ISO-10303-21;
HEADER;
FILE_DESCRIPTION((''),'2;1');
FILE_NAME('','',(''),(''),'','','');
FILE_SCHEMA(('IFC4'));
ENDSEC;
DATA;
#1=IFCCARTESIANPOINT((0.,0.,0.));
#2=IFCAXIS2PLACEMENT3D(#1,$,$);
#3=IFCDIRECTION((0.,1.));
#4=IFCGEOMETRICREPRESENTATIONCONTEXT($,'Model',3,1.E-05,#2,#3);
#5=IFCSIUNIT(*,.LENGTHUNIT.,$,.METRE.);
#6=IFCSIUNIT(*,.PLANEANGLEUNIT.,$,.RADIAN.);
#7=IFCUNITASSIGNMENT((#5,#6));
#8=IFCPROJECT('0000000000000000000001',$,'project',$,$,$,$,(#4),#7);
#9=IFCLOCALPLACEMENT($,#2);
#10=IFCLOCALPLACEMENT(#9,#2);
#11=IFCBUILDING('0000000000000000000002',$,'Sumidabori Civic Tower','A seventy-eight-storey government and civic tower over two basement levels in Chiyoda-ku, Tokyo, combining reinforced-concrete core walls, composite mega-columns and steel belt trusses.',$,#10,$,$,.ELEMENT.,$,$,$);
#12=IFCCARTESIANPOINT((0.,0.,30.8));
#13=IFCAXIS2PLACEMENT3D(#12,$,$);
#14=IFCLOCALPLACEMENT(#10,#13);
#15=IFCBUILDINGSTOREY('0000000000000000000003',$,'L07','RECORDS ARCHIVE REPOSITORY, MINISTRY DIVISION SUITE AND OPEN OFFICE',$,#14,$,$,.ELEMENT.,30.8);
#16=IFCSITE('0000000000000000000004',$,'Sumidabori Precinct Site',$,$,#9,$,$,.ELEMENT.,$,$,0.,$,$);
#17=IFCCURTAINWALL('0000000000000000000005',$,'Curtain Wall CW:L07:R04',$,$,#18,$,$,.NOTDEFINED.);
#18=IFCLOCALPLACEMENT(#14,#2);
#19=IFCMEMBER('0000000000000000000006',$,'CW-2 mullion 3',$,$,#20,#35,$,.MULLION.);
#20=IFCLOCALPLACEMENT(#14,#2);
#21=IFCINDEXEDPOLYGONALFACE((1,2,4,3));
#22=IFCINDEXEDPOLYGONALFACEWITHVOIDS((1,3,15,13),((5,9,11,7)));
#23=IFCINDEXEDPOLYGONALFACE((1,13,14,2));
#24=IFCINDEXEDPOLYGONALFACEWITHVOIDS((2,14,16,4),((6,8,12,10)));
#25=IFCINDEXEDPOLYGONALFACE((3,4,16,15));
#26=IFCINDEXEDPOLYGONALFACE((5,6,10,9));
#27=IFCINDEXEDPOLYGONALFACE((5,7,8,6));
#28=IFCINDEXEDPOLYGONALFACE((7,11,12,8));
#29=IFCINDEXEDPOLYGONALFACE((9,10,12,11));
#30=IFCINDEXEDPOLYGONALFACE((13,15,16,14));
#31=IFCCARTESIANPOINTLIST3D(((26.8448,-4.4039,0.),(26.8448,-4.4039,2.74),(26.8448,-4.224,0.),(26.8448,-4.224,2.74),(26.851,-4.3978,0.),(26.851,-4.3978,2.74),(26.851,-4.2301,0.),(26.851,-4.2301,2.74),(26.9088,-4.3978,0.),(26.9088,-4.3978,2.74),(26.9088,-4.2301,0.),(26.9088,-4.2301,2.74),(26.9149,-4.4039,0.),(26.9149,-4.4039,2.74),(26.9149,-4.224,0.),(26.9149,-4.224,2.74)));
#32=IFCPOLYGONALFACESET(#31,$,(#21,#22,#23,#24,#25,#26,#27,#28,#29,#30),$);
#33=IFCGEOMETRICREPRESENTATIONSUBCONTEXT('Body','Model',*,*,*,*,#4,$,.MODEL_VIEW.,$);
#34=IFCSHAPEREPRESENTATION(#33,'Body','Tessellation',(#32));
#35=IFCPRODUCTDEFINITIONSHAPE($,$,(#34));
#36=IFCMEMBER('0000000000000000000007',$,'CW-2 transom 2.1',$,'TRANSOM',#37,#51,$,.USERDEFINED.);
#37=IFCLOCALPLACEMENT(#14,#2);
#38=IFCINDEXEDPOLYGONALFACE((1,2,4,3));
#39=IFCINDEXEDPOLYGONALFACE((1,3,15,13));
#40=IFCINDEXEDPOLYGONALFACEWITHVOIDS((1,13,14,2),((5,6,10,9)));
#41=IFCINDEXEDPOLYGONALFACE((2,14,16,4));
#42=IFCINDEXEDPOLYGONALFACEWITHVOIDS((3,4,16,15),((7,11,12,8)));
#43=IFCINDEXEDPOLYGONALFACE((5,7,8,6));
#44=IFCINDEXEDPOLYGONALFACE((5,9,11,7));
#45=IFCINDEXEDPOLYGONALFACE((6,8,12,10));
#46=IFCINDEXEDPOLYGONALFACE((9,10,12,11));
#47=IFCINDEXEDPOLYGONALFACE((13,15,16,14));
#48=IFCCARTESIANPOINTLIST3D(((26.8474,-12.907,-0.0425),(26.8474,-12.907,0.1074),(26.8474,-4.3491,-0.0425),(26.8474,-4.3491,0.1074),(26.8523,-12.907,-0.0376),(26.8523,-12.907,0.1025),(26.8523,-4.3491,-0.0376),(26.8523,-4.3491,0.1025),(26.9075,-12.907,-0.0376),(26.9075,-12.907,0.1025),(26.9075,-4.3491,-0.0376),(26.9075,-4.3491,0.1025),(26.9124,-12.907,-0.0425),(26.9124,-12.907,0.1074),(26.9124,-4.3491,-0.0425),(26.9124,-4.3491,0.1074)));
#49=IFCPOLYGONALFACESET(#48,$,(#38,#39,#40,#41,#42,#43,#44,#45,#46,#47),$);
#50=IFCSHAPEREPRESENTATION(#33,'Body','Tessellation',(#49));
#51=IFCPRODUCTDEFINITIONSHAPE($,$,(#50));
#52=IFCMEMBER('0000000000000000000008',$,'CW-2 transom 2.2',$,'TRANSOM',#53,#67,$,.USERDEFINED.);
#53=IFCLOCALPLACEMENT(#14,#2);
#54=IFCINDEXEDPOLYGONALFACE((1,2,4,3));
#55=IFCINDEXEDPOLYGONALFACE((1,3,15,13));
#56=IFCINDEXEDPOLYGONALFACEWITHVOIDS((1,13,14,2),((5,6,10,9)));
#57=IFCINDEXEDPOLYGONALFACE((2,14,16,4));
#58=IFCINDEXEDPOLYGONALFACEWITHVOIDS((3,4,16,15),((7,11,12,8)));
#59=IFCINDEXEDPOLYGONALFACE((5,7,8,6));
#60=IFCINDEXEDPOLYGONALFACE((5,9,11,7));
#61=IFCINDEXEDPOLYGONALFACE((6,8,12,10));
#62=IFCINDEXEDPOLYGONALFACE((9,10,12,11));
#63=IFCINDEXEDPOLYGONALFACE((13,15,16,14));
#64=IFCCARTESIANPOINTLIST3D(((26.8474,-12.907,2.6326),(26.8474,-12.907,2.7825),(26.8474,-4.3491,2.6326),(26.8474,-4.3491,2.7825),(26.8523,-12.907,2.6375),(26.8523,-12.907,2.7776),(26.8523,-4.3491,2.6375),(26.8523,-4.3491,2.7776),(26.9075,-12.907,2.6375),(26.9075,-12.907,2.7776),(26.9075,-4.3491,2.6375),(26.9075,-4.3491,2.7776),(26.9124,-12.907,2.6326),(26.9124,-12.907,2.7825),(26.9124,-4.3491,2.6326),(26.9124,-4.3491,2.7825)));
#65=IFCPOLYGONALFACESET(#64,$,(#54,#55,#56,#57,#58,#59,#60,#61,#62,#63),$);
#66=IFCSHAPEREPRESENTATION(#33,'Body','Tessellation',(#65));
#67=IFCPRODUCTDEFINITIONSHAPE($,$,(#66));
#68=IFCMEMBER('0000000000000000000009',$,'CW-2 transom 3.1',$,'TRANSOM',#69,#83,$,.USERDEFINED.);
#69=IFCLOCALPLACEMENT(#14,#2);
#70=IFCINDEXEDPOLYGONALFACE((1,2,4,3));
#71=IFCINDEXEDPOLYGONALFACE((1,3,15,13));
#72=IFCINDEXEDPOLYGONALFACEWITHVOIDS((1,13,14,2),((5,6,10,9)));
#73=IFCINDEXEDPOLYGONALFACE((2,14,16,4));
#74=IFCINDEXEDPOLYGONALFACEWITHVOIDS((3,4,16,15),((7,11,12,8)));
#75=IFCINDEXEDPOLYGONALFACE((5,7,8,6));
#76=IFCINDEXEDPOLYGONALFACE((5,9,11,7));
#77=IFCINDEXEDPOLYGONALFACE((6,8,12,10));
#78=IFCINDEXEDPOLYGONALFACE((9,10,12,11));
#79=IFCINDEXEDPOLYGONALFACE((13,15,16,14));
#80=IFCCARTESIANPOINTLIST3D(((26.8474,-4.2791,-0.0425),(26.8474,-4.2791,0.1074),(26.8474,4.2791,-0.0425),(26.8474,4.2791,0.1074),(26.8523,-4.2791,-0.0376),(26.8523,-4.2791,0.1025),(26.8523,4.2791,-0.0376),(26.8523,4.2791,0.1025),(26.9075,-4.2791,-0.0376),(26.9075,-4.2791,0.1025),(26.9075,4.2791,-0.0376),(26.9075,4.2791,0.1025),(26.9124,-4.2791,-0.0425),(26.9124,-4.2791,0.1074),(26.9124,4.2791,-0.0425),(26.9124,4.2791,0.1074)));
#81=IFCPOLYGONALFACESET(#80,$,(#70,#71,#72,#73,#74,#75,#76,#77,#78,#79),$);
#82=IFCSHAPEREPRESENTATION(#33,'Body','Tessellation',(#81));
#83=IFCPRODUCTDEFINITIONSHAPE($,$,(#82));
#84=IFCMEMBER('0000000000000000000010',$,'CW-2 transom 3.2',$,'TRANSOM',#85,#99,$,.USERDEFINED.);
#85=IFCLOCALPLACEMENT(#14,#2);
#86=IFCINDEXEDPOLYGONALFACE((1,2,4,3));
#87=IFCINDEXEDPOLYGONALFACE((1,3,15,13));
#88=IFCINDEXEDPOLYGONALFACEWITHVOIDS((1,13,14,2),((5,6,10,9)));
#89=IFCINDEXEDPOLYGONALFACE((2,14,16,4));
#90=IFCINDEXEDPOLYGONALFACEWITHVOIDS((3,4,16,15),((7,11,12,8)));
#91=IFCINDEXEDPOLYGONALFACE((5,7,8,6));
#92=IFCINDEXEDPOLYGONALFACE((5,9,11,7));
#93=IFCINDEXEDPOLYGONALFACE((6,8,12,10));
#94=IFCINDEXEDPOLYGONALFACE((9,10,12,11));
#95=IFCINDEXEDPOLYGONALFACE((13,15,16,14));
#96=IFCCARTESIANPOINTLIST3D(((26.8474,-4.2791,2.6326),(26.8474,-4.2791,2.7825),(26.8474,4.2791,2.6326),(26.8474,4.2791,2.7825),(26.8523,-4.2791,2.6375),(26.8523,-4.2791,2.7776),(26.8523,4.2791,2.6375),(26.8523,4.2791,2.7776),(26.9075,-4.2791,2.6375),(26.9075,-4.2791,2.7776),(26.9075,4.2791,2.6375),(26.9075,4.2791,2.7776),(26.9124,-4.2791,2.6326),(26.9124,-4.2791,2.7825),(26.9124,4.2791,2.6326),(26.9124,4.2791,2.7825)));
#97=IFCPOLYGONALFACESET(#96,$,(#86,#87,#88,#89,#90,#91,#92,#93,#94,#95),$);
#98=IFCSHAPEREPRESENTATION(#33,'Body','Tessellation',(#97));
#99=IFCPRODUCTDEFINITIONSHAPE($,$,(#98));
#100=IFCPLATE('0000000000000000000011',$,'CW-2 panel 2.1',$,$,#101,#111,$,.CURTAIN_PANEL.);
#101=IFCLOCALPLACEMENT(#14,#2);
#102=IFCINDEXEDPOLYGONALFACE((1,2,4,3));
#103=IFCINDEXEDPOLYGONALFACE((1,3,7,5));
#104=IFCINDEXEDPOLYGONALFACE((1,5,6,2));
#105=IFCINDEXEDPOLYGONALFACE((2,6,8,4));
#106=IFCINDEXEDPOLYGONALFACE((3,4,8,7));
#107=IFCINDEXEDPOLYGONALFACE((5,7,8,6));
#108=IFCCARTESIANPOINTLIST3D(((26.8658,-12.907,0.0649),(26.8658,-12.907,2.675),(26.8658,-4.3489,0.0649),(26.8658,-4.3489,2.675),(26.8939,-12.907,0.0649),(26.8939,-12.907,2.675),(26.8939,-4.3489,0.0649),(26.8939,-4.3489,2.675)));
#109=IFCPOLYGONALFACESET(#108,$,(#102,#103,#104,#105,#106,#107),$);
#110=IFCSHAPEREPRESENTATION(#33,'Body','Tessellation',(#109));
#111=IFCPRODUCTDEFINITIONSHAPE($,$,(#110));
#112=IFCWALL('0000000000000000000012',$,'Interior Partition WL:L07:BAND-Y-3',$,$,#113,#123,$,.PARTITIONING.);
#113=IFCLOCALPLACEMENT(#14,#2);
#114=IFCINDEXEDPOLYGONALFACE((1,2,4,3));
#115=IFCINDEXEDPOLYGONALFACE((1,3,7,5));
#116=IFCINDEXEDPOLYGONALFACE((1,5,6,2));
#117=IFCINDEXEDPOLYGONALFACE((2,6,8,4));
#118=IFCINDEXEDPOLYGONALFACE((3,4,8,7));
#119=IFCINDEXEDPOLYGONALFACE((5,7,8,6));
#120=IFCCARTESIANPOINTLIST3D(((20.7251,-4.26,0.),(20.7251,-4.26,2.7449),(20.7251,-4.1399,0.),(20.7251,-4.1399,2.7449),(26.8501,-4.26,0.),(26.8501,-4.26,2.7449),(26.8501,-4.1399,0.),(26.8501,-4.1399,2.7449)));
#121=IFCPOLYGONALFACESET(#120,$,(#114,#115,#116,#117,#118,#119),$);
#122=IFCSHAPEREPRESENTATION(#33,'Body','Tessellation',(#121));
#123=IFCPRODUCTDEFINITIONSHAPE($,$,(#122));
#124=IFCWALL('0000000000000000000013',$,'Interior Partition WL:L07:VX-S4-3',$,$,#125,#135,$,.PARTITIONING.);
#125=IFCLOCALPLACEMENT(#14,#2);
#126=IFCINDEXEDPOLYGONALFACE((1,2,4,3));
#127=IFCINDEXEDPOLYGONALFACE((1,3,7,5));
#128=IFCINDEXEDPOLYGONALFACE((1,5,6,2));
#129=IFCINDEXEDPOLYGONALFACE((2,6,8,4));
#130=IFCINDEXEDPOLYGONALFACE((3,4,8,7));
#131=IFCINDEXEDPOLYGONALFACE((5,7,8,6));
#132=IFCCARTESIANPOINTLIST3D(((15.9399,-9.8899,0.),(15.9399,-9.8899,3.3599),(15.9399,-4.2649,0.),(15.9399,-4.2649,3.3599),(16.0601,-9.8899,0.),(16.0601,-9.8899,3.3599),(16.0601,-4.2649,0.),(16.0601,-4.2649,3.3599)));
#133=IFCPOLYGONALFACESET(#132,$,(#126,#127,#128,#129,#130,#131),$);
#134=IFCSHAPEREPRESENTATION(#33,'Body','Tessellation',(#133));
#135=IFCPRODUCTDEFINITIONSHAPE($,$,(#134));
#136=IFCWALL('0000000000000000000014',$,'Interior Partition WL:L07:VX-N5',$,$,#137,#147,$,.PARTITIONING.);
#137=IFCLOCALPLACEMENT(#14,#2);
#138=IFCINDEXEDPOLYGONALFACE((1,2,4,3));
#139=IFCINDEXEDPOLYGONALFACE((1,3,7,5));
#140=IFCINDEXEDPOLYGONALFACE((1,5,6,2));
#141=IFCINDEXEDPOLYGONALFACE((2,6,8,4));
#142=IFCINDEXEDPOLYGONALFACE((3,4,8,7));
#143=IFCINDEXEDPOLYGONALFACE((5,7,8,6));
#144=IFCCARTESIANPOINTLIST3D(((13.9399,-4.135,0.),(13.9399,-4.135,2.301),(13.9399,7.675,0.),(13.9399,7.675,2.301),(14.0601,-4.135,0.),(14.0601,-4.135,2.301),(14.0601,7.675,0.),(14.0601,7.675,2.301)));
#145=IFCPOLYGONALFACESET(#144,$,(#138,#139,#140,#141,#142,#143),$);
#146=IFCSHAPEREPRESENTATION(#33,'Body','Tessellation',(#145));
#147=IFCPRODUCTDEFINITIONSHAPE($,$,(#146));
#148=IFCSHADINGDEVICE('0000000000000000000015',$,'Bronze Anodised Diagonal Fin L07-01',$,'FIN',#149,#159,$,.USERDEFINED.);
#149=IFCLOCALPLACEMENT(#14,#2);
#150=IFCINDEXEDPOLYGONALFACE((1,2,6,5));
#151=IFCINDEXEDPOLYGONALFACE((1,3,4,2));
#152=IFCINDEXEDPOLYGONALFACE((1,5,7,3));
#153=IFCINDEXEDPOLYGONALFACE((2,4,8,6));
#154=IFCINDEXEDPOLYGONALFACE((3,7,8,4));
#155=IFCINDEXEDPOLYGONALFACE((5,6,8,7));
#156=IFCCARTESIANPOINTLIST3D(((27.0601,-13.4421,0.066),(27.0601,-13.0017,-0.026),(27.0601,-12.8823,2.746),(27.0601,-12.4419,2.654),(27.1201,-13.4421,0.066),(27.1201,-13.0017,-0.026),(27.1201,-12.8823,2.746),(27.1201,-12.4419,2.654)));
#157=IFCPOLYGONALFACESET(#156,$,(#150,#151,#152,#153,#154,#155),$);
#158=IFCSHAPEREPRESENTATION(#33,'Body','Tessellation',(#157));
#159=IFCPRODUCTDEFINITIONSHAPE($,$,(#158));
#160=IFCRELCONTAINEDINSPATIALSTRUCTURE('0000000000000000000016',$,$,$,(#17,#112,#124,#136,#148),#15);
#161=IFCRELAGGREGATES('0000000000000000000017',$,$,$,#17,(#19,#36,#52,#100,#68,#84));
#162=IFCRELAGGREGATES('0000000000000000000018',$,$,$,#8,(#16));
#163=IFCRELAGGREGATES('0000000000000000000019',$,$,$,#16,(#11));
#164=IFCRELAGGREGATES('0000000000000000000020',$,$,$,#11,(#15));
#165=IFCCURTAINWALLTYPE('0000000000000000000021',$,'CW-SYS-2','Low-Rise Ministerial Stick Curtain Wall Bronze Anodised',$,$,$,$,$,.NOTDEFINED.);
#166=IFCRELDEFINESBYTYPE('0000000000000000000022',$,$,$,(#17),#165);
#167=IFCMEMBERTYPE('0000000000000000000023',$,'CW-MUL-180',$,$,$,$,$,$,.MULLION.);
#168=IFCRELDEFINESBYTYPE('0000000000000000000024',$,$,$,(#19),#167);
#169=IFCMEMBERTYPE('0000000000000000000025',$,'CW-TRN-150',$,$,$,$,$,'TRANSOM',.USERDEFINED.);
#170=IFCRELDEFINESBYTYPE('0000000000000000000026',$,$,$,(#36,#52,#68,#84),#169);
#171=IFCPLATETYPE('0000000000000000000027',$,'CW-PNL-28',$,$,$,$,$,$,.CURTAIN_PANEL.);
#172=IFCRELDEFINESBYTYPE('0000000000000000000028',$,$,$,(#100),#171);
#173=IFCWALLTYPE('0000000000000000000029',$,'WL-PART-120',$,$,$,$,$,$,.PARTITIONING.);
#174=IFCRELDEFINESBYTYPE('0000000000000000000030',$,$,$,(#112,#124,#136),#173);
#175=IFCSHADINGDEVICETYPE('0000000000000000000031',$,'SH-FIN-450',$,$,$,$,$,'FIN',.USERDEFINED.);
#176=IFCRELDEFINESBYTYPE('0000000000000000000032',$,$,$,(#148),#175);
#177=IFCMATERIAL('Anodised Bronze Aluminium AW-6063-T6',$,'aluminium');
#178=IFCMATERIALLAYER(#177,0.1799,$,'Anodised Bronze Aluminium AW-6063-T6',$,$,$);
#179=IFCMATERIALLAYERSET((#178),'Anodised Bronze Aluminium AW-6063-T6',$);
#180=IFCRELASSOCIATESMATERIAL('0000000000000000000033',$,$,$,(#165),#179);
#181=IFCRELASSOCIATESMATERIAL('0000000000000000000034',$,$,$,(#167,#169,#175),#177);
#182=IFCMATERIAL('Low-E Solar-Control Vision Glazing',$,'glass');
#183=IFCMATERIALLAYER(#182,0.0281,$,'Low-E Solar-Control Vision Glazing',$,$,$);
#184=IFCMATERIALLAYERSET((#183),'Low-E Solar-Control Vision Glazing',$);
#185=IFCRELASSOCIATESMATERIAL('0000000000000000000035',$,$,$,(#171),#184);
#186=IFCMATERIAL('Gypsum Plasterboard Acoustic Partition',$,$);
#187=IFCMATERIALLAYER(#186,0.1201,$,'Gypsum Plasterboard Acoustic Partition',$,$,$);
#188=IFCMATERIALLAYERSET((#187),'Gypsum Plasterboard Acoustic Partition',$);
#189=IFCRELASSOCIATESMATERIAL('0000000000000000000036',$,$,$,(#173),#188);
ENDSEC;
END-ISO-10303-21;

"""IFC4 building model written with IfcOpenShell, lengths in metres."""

from ifc_helpers import new_model, si_unit, direction, frame, frame_2d, origin, origin_2d, place, context, subcontext, project, spatial, rectangle, hollow_rectangle, extrude, source, transform, mapped, material, layer, layer_set, material_profile, profile_set, type_object, element, aggregate, save


model = new_model("IFC4")

# Units and contexts
model_context = context("Model", 3, precision=1e-05, world=origin(), true_north=direction((0.0, 1.0)))
body_context = subcontext(model_context, "Body", "Model", "MODEL_VIEW")
ifc_project = project(units=[si_unit("LENGTHUNIT", "METRE"), si_unit("PLANEANGLEUNIT", "RADIAN")], contexts=[model_context])

# Site, building, storey
site_placement = place(None, origin())
site = spatial("IfcSite", under=ifc_project, at=site_placement, Name="Sumidabori Precinct Site", CompositionType="ELEMENT", RefElevation=0.0)
building_placement = place(site_placement, origin())
building = spatial("IfcBuilding", under=site, at=building_placement, Name="Sumidabori Civic Tower", Description="A seventy-eight-storey government and civic tower over two basement levels in Chiyoda-ku, Tokyo, combining reinforced-concrete core walls, composite mega-columns and steel belt trusses.", CompositionType="ELEMENT")
storey_placement = place(building_placement, frame((0.0, 0.0, 30.8)))
storey = spatial("IfcBuildingStorey", under=building, at=storey_placement, Name="L07", Description="RECORDS ARCHIVE REPOSITORY, MINISTRY DIVISION SUITE AND OPEN OFFICE", CompositionType="ELEMENT", Elevation=30.8)

# Curtain wall, members, plate
ifc_material_1 = material(Name="Anodised Bronze Aluminium AW-6063-T6", Category="aluminium")
ifc_layer_1 = layer(ifc_material_1, 0.1799, Name="Anodised Bronze Aluminium AW-6063-T6")
ifc_layer_set_1 = layer_set([ifc_layer_1], Name="Anodised Bronze Aluminium AW-6063-T6")
curtain_wall_type = type_object("IfcCurtainWallType", Name="CW-SYS-2", Description="Low-Rise Ministerial Stick Curtain Wall Bronze Anodised", PredefinedType="NOTDEFINED", material=ifc_layer_set_1)
curtain_wall_placement = place(storey_placement, origin())
curtain_wall = element("IfcCurtainWall", 1, at=curtain_wall_placement, inside=storey, type_object=curtain_wall_type, Name="Curtain Wall CW:L07:R04", PredefinedType="NOTDEFINED")
ifc_material_profile_1 = material_profile(ifc_material_1, hollow_rectangle(XDim=0.0701, YDim=0.1799, WallThickness=0.0061, at=origin_2d()), Name="ALU MULLION 180x70")
ifc_profile_set_1 = profile_set([ifc_material_profile_1], Name="Anodised Bronze Aluminium AW-6063-T6")
member_type_1 = type_object("IfcMemberType", Name="CW-MUL-180", PredefinedType="MULLION", material=ifc_profile_set_1)
shared_shape_1 = source(origin(), body_context, "Body", "SweptSolid", [
    extrude(hollow_rectangle(XDim=0.0701, YDim=0.1799, WallThickness=0.0061, at=origin_2d()), origin(), (0.0, 0.0, 1.0), 2.74),
])
member_1_placement = place(storey_placement, frame((26.8799, -4.314, 0.0), z_axis=(0.0, 0.0, 1.0), x_axis=(-1.0, 0.0, 0.0)))
member_1 = element("IfcMember", 2, at=member_1_placement, type_object=member_type_1, Name="CW-2 mullion 3", PredefinedType="MULLION", context=body_context, shape_type="MappedRepresentation", body=[
    mapped(shared_shape_1, transform((0.0, 0.0, 0.0), x_axis=(1.0, 0.0, 0.0), y_axis=(0.0, 1.0, 0.0), z_axis=(0.0, 0.0, 1.0), scale=1.0)),
])
ifc_material_profile_2 = material_profile(ifc_material_1, hollow_rectangle(XDim=0.0649, YDim=0.1499, WallThickness=0.0049, at=origin_2d()), Name="ALU TRANSOM 150x65")
ifc_profile_set_2 = profile_set([ifc_material_profile_2], Name="Anodised Bronze Aluminium AW-6063-T6")
member_type_2 = type_object("IfcMemberType", Name="CW-TRN-150", ElementType="TRANSOM", PredefinedType="USERDEFINED", material=ifc_profile_set_2)
shared_shape_2 = source(origin(), body_context, "Body", "SweptSolid", [
    extrude(hollow_rectangle(XDim=0.0649, YDim=0.1499, WallThickness=0.0049, at=origin_2d()), origin(), (0.0, 0.0, 1.0), 8.5579),
])
member_2_placement = place(storey_placement, frame((26.8799, -12.907, 0.0325), z_axis=(0.0, 1.0, 0.0), x_axis=(-1.0, 0.0, 0.0)))
member_2 = element("IfcMember", 3, at=member_2_placement, type_object=member_type_2, Name="CW-2 transom 2.1", ObjectType="TRANSOM", PredefinedType="USERDEFINED", context=body_context, shape_type="MappedRepresentation", body=[
    mapped(shared_shape_2, transform((0.0, 0.0, 0.0), x_axis=(1.0, 0.0, 0.0), y_axis=(0.0, 1.0, 0.0), z_axis=(0.0, 0.0, 1.0), scale=1.0)),
])
member_3_placement = place(storey_placement, frame((26.8799, -12.907, 2.7075), z_axis=(0.0, 1.0, 0.0), x_axis=(-1.0, 0.0, 0.0)))
member_3 = element("IfcMember", 4, at=member_3_placement, type_object=member_type_2, Name="CW-2 transom 2.2", ObjectType="TRANSOM", PredefinedType="USERDEFINED", context=body_context, shape_type="MappedRepresentation", body=[
    mapped(shared_shape_2, transform((0.0, 0.0, 0.0), x_axis=(1.0, 0.0, 0.0), y_axis=(0.0, 1.0, 0.0), z_axis=(0.0, 0.0, 1.0), scale=1.0)),
])
shared_shape_3 = source(origin(), body_context, "Body", "SweptSolid", [
    extrude(hollow_rectangle(XDim=0.0649, YDim=0.1499, WallThickness=0.0049, at=origin_2d()), origin(), (0.0, 0.0, 1.0), 8.5581),
])
member_4_placement = place(storey_placement, frame((26.8799, -4.2791, 0.0325), z_axis=(0.0, 1.0, 0.0), x_axis=(-1.0, 0.0, 0.0)))
member_4 = element("IfcMember", 5, at=member_4_placement, type_object=member_type_2, Name="CW-2 transom 3.1", ObjectType="TRANSOM", PredefinedType="USERDEFINED", context=body_context, shape_type="MappedRepresentation", body=[
    mapped(shared_shape_3, transform((0.0, 0.0, 0.0), x_axis=(1.0, 0.0, 0.0), y_axis=(0.0, 1.0, 0.0), z_axis=(0.0, 0.0, 1.0), scale=1.0)),
])
member_5_placement = place(storey_placement, frame((26.8799, -4.2791, 2.7075), z_axis=(0.0, 1.0, 0.0), x_axis=(-1.0, 0.0, 0.0)))
member_5 = element("IfcMember", 6, at=member_5_placement, type_object=member_type_2, Name="CW-2 transom 3.2", ObjectType="TRANSOM", PredefinedType="USERDEFINED", context=body_context, shape_type="MappedRepresentation", body=[
    mapped(shared_shape_3, transform((0.0, 0.0, 0.0), x_axis=(1.0, 0.0, 0.0), y_axis=(0.0, 1.0, 0.0), z_axis=(0.0, 0.0, 1.0), scale=1.0)),
])
ifc_material_2 = material(Name="Low-E Solar-Control Vision Glazing", Category="glass")
ifc_layer_2 = layer(ifc_material_2, 0.0281, Name="Low-E Solar-Control Vision Glazing")
ifc_layer_set_2 = layer_set([ifc_layer_2], Name="Low-E Solar-Control Vision Glazing")
plate_type = type_object("IfcPlateType", Name="CW-PNL-28", PredefinedType="CURTAIN_PANEL", material=ifc_layer_set_2)
shared_shape_4 = source(origin(), body_context, "Body", "SweptSolid", [
    extrude(rectangle(XDim=8.5581, YDim=0.0281, at=origin_2d()), origin(), (0.0, 0.0, 1.0), 2.6101),
])
plate_placement = place(storey_placement, frame((26.8799, -8.6279, 0.0649), z_axis=(0.0, 0.0, 1.0), x_axis=(0.0, 1.0, 0.0)))
plate = element("IfcPlate", 7, at=plate_placement, type_object=plate_type, Name="CW-2 panel 2.1", PredefinedType="CURTAIN_PANEL", context=body_context, shape_type="MappedRepresentation", body=[
    mapped(shared_shape_4, transform((0.0, 0.0, 0.0), x_axis=(1.0, 0.0, 0.0), y_axis=(0.0, 1.0, 0.0), z_axis=(0.0, 0.0, 1.0), scale=1.0)),
])
aggregate(curtain_wall, [member_1, member_2, member_3, plate, member_4, member_5])

# Walls
ifc_material_3 = material(Name="Gypsum Plasterboard Acoustic Partition")
ifc_layer_3 = layer(ifc_material_3, 0.1201, Name="Gypsum Plasterboard Acoustic Partition")
ifc_layer_set_3 = layer_set([ifc_layer_3], Name="Gypsum Plasterboard Acoustic Partition")
wall_type = type_object("IfcWallType", Name="WL-PART-120", PredefinedType="PARTITIONING", material=ifc_layer_set_3)
shared_shape_5 = source(origin(), body_context, "Body", "SweptSolid", [
    extrude(rectangle(XDim=6.125, YDim=0.1201, at=frame_2d((3.0625, 0.0))), origin(), (0.0, 0.0, 1.0), 2.7449),
])
wall_1_placement = place(storey_placement, frame((20.7251, -4.2, 0.0), z_axis=(0.0, 0.0, 1.0), x_axis=(1.0, 0.0, 0.0)))
element("IfcWall", 8, at=wall_1_placement, inside=storey, type_object=wall_type, Name="Interior Partition WL:L07:BAND-Y-3", PredefinedType="PARTITIONING", context=body_context, shape_type="MappedRepresentation", body=[
    mapped(shared_shape_5, transform((0.0, 0.0, 0.0), x_axis=(1.0, 0.0, 0.0), y_axis=(0.0, 1.0, 0.0), z_axis=(0.0, 0.0, 1.0), scale=1.0)),
])
shared_shape_6 = source(origin(), body_context, "Body", "SweptSolid", [
    extrude(rectangle(XDim=5.625, YDim=0.1201, at=frame_2d((2.8125, 0.0))), origin(), (0.0, 0.0, 1.0), 3.3599),
])
wall_2_placement = place(storey_placement, frame((16.0, -9.8899, 0.0), z_axis=(0.0, 0.0, 1.0), x_axis=(0.0, 1.0, 0.0)))
element("IfcWall", 9, at=wall_2_placement, inside=storey, type_object=wall_type, Name="Interior Partition WL:L07:VX-S4-3", PredefinedType="PARTITIONING", context=body_context, shape_type="MappedRepresentation", body=[
    mapped(shared_shape_6, transform((0.0, 0.0, 0.0), x_axis=(1.0, 0.0, 0.0), y_axis=(0.0, 1.0, 0.0), z_axis=(0.0, 0.0, 1.0), scale=1.0)),
])
shared_shape_7 = source(origin(), body_context, "Body", "SweptSolid", [
    extrude(rectangle(XDim=11.8101, YDim=0.1201, at=frame_2d((5.905, 0.0))), origin(), (0.0, 0.0, 1.0), 2.301),
])
wall_3_placement = place(storey_placement, frame((14.0, -4.135, 0.0), z_axis=(0.0, 0.0, 1.0), x_axis=(0.0, 1.0, 0.0)))
element("IfcWall", 10, at=wall_3_placement, inside=storey, type_object=wall_type, Name="Interior Partition WL:L07:VX-N5", PredefinedType="PARTITIONING", context=body_context, shape_type="MappedRepresentation", body=[
    mapped(shared_shape_7, transform((0.0, 0.0, 0.0), x_axis=(1.0, 0.0, 0.0), y_axis=(0.0, 1.0, 0.0), z_axis=(0.0, 0.0, 1.0), scale=1.0)),
])

# Shading device
ifc_material_profile_3 = material_profile(ifc_material_1, rectangle(XDim=0.0601, YDim=0.45, at=origin_2d()), Name="BRONZE FIN 450x60")
ifc_profile_set_3 = profile_set([ifc_material_profile_3], Name="Anodised Bronze Aluminium AW-6063-T6")
shading_device_type = type_object("IfcShadingDeviceType", Name="SH-FIN-450", ElementType="FIN", PredefinedType="USERDEFINED", material=ifc_profile_set_3)
shared_shape_8 = source(origin(), body_context, "Body", "SweptSolid", [
    extrude(rectangle(XDim=0.0601, YDim=0.45, at=origin_2d()), origin(), (0.0, 0.0, 1.0), 2.7378),
])
shading_device_placement = place(storey_placement, frame((27.0901, -13.2219, 0.02), z_axis=(0.0, 0.204478, 0.978871), x_axis=(-1.0, 0.0, 0.0)))
element("IfcShadingDevice", 11, at=shading_device_placement, inside=storey, type_object=shading_device_type, Name="Bronze Anodised Diagonal Fin L07-01", ObjectType="FIN", PredefinedType="USERDEFINED", context=body_context, shape_type="MappedRepresentation", body=[
    mapped(shared_shape_8, transform((0.0, 0.0, 0.0), x_axis=(1.0, 0.0, 0.0), y_axis=(0.0, 1.0, 0.0), z_axis=(0.0, 0.0, 1.0), scale=1.0)),
])

save(model, "model.ifc")
